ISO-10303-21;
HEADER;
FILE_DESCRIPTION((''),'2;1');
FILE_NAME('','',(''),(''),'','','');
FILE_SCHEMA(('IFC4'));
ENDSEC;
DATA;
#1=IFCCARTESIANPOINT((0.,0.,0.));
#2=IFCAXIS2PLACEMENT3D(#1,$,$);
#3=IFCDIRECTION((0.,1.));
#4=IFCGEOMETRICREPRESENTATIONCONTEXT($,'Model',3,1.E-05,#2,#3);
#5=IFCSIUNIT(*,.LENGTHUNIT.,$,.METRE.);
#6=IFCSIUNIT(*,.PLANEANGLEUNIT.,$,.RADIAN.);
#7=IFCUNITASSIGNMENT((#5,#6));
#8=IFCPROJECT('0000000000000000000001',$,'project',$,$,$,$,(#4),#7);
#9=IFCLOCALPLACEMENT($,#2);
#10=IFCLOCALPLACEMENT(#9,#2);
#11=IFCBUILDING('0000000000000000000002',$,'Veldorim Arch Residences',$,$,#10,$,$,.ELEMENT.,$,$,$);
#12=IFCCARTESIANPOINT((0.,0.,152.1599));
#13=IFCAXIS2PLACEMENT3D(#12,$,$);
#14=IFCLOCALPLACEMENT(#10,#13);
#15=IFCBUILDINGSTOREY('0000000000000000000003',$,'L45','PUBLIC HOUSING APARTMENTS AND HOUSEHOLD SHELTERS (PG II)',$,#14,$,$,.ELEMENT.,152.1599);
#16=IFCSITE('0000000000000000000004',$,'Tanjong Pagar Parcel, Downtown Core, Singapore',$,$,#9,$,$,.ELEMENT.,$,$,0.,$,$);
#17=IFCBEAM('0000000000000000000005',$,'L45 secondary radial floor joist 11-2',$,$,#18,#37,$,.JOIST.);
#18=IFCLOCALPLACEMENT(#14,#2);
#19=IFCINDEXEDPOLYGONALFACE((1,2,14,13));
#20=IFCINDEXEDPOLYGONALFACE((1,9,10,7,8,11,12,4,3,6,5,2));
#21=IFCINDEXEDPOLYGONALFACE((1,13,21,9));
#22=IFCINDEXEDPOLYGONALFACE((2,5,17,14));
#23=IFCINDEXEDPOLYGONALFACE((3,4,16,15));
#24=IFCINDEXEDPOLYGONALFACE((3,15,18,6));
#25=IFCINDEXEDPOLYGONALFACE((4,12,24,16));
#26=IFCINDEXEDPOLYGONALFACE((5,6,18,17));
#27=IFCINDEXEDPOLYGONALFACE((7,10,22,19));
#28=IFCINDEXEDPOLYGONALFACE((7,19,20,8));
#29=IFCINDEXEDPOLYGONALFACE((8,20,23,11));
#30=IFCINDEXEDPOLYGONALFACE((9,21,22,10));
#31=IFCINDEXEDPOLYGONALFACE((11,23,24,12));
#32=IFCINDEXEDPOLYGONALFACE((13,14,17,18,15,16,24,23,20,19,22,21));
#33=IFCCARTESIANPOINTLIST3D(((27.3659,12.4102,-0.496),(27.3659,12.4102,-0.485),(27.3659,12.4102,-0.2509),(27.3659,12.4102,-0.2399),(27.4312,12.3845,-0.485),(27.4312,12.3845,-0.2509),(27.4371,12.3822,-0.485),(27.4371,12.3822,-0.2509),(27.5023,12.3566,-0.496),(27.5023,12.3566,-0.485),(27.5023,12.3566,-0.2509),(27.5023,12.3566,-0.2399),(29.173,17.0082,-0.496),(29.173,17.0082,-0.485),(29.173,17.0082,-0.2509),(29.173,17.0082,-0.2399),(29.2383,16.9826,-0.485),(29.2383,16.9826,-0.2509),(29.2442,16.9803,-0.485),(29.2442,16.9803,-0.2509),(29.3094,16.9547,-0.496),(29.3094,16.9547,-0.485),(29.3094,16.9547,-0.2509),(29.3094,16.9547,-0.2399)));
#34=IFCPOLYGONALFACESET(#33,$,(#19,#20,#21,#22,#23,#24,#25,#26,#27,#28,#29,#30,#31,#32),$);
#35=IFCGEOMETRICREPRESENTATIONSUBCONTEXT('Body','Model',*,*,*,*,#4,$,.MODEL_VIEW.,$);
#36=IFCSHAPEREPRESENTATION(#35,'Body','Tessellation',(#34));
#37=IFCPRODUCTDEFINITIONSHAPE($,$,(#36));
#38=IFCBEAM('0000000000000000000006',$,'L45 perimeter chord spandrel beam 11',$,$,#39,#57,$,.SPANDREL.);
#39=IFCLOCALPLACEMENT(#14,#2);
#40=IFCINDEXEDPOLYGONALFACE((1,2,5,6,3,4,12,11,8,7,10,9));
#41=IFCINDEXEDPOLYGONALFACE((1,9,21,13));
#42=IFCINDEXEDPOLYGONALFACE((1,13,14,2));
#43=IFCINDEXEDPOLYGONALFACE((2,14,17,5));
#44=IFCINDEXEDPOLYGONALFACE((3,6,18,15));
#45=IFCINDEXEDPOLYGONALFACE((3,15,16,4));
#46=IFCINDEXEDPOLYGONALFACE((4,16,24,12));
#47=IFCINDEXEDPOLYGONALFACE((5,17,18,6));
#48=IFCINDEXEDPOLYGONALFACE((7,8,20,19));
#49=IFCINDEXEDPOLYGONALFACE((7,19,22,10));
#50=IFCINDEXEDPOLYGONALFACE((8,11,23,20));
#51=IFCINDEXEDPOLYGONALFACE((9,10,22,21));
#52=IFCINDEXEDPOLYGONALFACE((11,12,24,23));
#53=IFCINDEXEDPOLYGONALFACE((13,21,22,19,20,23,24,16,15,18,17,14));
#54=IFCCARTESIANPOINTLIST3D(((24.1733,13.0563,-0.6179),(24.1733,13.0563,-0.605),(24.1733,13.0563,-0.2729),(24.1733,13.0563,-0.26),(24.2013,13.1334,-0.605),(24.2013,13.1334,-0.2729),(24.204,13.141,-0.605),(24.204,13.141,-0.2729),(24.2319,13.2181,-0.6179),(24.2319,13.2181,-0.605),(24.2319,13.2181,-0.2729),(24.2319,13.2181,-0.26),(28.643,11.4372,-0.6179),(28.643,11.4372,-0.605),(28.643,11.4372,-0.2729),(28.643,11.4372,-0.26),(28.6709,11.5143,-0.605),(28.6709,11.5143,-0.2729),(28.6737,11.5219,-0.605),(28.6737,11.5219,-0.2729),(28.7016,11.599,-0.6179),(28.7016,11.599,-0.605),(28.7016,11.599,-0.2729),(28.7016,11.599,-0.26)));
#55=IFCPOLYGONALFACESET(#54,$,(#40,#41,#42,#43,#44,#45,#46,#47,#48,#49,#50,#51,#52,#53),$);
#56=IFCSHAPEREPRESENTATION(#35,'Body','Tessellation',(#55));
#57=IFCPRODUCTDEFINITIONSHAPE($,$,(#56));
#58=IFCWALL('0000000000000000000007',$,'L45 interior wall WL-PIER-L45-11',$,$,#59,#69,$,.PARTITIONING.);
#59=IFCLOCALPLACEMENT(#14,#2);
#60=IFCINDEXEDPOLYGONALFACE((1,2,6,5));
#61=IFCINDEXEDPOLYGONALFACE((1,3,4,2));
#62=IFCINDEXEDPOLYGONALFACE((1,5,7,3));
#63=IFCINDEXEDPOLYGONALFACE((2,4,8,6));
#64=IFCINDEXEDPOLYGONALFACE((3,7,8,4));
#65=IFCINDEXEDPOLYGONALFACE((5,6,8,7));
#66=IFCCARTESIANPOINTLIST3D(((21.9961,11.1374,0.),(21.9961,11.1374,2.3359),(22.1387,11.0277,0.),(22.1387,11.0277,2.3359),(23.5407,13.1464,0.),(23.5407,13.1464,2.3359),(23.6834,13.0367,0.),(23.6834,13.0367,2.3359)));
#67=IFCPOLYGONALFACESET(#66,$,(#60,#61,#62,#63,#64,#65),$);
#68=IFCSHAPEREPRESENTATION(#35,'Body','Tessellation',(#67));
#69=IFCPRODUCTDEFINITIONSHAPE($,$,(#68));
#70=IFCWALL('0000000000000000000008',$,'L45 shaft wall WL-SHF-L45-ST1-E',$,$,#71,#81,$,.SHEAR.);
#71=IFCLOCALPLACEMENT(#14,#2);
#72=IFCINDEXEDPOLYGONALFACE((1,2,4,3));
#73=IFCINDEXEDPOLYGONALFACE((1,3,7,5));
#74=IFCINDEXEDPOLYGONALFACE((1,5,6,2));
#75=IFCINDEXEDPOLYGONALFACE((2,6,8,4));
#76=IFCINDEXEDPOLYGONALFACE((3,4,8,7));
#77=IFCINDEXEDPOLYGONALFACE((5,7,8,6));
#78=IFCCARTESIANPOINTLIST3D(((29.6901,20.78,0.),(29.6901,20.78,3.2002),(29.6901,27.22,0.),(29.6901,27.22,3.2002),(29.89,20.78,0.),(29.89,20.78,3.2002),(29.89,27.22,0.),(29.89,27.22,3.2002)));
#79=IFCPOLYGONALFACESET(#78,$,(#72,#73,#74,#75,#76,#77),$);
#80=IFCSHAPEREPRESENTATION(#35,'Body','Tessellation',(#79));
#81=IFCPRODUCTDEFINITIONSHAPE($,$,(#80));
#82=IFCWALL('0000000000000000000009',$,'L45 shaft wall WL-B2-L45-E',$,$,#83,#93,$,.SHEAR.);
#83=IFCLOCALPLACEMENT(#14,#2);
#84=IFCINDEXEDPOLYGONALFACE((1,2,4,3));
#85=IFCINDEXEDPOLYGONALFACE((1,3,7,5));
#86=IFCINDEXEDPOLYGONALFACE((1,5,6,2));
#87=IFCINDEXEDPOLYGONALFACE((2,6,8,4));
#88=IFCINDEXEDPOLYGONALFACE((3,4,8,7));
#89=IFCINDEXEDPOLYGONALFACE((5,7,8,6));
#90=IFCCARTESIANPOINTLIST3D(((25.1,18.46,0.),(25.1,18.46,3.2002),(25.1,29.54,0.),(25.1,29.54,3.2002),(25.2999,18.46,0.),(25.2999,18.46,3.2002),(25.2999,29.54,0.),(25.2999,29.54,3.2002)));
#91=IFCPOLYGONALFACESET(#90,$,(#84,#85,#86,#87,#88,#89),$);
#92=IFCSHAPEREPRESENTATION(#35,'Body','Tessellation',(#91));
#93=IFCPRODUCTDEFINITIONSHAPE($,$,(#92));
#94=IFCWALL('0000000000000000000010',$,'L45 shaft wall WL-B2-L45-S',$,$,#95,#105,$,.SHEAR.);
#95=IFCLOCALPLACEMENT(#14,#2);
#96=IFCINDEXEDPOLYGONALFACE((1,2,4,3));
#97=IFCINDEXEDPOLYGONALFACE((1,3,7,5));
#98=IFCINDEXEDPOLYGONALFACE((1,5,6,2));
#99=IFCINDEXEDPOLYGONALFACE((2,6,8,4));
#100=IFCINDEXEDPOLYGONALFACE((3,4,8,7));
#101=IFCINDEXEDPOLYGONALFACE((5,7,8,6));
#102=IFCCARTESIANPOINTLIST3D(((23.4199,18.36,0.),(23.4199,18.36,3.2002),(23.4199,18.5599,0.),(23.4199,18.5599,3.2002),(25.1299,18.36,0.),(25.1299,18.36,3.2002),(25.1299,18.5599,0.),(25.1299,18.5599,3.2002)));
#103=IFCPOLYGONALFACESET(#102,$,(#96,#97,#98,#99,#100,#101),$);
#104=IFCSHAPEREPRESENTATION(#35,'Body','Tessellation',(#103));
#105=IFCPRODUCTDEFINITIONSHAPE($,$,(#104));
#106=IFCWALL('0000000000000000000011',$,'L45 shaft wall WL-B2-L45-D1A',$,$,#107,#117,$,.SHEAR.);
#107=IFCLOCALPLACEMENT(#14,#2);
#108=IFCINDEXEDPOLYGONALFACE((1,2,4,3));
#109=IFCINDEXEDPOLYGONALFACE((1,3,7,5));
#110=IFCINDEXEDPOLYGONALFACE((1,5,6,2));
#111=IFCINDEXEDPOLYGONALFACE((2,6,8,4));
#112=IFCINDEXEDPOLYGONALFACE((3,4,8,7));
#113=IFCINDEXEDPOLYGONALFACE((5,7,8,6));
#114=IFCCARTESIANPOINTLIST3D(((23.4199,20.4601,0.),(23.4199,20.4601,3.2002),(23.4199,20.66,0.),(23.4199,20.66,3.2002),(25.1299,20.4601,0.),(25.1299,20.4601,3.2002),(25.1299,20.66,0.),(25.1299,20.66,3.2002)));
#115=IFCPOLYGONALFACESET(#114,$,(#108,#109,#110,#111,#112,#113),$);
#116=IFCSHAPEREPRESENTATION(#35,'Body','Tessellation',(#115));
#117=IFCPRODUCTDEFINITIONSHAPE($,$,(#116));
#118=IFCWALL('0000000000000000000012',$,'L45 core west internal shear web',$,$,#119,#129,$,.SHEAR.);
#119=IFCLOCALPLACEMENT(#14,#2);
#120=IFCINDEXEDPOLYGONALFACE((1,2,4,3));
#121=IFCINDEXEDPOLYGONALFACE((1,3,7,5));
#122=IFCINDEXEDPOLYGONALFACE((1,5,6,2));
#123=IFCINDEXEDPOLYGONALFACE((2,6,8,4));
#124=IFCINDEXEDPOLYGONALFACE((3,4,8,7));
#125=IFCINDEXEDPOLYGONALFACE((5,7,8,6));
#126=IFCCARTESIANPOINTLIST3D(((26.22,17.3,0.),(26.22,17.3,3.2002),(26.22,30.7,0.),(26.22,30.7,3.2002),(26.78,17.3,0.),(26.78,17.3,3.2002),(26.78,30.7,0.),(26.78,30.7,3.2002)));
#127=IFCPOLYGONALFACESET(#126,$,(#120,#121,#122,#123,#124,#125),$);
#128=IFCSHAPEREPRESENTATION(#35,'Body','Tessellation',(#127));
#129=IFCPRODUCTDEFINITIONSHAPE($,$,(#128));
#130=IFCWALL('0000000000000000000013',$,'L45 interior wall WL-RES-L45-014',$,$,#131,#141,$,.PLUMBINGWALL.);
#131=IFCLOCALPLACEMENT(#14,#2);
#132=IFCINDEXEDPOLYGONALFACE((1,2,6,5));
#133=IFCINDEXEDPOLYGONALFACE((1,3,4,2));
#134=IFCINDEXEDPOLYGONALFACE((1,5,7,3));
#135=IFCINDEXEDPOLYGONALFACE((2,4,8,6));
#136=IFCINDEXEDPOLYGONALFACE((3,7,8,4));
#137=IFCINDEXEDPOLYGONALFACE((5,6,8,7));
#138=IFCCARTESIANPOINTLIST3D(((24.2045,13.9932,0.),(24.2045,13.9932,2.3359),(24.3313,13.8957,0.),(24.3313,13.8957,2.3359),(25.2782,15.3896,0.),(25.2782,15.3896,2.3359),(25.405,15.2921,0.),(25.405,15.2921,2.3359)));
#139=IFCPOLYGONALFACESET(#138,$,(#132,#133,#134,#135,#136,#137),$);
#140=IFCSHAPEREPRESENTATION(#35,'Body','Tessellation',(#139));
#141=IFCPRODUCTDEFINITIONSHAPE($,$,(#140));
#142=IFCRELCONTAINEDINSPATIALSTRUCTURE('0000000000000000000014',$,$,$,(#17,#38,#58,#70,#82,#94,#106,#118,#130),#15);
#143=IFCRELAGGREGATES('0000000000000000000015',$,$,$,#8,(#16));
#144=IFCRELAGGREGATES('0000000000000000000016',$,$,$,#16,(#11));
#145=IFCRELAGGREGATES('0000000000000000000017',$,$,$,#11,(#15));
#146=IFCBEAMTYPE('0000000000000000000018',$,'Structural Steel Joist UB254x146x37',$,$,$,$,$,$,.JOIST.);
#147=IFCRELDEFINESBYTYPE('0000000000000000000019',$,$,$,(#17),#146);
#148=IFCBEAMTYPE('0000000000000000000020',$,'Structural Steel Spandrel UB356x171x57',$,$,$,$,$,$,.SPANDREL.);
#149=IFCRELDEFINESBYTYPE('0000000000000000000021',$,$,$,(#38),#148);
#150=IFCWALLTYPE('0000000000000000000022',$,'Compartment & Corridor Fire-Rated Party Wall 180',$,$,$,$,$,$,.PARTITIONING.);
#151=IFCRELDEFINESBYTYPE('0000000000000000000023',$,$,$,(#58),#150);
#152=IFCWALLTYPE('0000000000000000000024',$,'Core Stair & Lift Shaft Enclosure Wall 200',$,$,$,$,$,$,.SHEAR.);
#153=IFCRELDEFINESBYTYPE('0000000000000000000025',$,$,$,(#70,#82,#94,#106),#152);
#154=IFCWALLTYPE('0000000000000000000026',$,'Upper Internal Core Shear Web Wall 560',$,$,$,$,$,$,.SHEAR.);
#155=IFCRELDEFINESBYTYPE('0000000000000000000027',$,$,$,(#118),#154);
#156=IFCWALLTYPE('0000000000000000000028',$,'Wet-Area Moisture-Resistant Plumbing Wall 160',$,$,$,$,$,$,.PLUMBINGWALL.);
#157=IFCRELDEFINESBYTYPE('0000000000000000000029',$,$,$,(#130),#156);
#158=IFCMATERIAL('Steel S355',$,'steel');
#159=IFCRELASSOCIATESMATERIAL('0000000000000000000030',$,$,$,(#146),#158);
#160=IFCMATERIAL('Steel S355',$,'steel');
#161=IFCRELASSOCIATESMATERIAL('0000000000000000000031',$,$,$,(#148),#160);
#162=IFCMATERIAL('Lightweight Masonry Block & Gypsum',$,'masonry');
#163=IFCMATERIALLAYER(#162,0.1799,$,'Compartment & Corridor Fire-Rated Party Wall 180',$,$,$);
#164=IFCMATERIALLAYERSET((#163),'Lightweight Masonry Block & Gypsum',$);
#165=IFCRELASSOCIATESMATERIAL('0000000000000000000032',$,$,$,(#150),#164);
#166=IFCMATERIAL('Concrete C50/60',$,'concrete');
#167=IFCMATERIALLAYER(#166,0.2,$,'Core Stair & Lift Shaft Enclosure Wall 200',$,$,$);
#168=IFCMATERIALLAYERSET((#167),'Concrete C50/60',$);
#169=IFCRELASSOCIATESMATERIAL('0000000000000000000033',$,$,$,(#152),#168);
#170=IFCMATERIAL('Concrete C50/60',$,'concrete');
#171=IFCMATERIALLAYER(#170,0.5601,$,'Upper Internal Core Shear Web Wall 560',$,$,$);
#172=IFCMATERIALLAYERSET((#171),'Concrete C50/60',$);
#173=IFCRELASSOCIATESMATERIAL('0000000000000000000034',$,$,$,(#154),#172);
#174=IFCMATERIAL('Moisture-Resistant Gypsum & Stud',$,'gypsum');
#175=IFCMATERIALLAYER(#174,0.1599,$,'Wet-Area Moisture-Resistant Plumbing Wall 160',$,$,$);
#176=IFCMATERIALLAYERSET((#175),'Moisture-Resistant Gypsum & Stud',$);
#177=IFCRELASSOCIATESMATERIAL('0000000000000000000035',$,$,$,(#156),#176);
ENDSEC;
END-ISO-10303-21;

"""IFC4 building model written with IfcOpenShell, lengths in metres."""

from ifc_helpers import new_model, si_unit, direction, frame, frame_2d, origin, origin_2d, place, context, subcontext, project, spatial, rectangle, i_section, extrude, material, layer, layer_set, material_profile, profile_set, type_object, element, save


model = new_model("IFC4")

# Units and contexts
model_context = context("Model", 3, precision=1e-05, world=origin(), true_north=direction((0.0, 1.0)))
body_context = subcontext(model_context, "Body", "Model", "MODEL_VIEW")
ifc_project = project(units=[si_unit("LENGTHUNIT", "METRE"), si_unit("PLANEANGLEUNIT", "RADIAN")], contexts=[model_context])

# Site, building, storey
site_placement = place(None, origin())
site = spatial("IfcSite", under=ifc_project, at=site_placement, Name="Tanjong Pagar Parcel, Downtown Core, Singapore", CompositionType="ELEMENT", RefElevation=0.0)
building_placement = place(site_placement, origin())
building = spatial("IfcBuilding", under=site, at=building_placement, Name="Veldorim Arch Residences", CompositionType="ELEMENT")
storey_placement = place(building_placement, frame((0.0, 0.0, 152.1599)))
storey = spatial("IfcBuildingStorey", under=building, at=storey_placement, Name="L45", Description="PUBLIC HOUSING APARTMENTS AND HOUSEHOLD SHELTERS (PG II)", CompositionType="ELEMENT", Elevation=152.1599)

# Beams
ifc_material_1 = material(Name="Steel S355", Category="steel")
ifc_material_profile_1 = material_profile(ifc_material_1, i_section(OverallWidth=0.1465, OverallDepth=0.2561, WebThickness=0.0063, FlangeThickness=0.011, at=origin_2d()), Name="UB254x146x37")
ifc_profile_set_1 = profile_set([ifc_material_profile_1], Name="Steel S355")
beam_type_1 = type_object("IfcBeamType", Name="Structural Steel Joist UB254x146x37", PredefinedType="JOIST", material=ifc_profile_set_1)
beam_1_placement = place(storey_placement, frame((29.2412, 16.9814, -0.3679), z_axis=(-0.365778, -0.930702, 0.0), x_axis=(0.930702, -0.365778, 0.0)))
element("IfcBeam", 1, at=beam_1_placement, inside=storey, type_object=beam_type_1, Name="L45 secondary radial floor joist 11-2", PredefinedType="JOIST", context=body_context, shape_type="SweptSolid", body=[
    extrude(i_section(OverallWidth=0.1465, OverallDepth=0.2561, WebThickness=0.0063, FlangeThickness=0.011, at=origin_2d()), origin(), (0.0, 0.0, 1.0), 4.9404),
])
ifc_material_2 = material(Name="Steel S355", Category="steel")
ifc_material_profile_2 = material_profile(ifc_material_2, i_section(OverallWidth=0.1721, OverallDepth=0.3579, WebThickness=0.0081, FlangeThickness=0.0129, at=origin_2d()), Name="UB356x171x57")
ifc_profile_set_2 = profile_set([ifc_material_profile_2], Name="Steel S355")
beam_type_2 = type_object("IfcBeamType", Name="Structural Steel Spandrel UB356x171x57", PredefinedType="SPANDREL", material=ifc_profile_set_2)
beam_2_placement = place(storey_placement, frame((24.2026, 13.1372, -0.439), z_axis=(0.940213, -0.340588, 0.0), x_axis=(0.340588, 0.940213, 0.0)))
element("IfcBeam", 2, at=beam_2_placement, inside=storey, type_object=beam_type_2, Name="L45 perimeter chord spandrel beam 11", PredefinedType="SPANDREL", context=body_context, shape_type="SweptSolid", body=[
    extrude(i_section(OverallWidth=0.1721, OverallDepth=0.3579, WebThickness=0.0081, FlangeThickness=0.0129, at=origin_2d()), origin(), (0.0, 0.0, 1.0), 4.7539),
])

# Walls
ifc_material_3 = material(Name="Lightweight Masonry Block & Gypsum", Category="masonry")
ifc_layer_1 = layer(ifc_material_3, 0.1799, Name="Compartment & Corridor Fire-Rated Party Wall 180")
ifc_layer_set_1 = layer_set([ifc_layer_1], Name="Lightweight Masonry Block & Gypsum")
wall_type_1 = type_object("IfcWallType", Name="Compartment & Corridor Fire-Rated Party Wall 180", PredefinedType="PARTITIONING", material=ifc_layer_set_1)
wall_1_placement = place(storey_placement, frame((23.6121, 13.0916, 0.0), z_axis=(0.0, 0.0, 1.0), x_axis=(-0.609529, -0.792764, 0.0)))
element("IfcWall", 3, at=wall_1_placement, inside=storey, type_object=wall_type_1, Name="L45 interior wall WL-PIER-L45-11", PredefinedType="PARTITIONING", context=body_context, shape_type="SweptSolid", body=[
    extrude(rectangle(XDim=2.5342, YDim=0.1799, at=frame_2d((1.2671, 0.0))), origin(), (0.0, 0.0, 1.0), 2.3359),
])
ifc_material_4 = material(Name="Concrete C50/60", Category="concrete")
ifc_layer_2 = layer(ifc_material_4, 0.2, Name="Core Stair & Lift Shaft Enclosure Wall 200")
ifc_layer_set_2 = layer_set([ifc_layer_2], Name="Concrete C50/60")
wall_type_2 = type_object("IfcWallType", Name="Core Stair & Lift Shaft Enclosure Wall 200", PredefinedType="SHEAR", material=ifc_layer_set_2)
wall_2_placement = place(storey_placement, frame((29.79, 20.78, 0.0), z_axis=(0.0, 0.0, 1.0), x_axis=(0.0, 1.0, 0.0)))
element("IfcWall", 4, at=wall_2_placement, inside=storey, type_object=wall_type_2, Name="L45 shaft wall WL-SHF-L45-ST1-E", PredefinedType="SHEAR", context=body_context, shape_type="SweptSolid", body=[
    extrude(rectangle(XDim=6.4399, YDim=0.2, at=frame_2d((3.22, 0.0))), origin(), (0.0, 0.0, 1.0), 3.2002),
])

# Walls
wall_3_placement = place(storey_placement, frame((25.2, 18.46, 0.0), z_axis=(0.0, 0.0, 1.0), x_axis=(0.0, 1.0, 0.0)))
element("IfcWall", 5, at=wall_3_placement, inside=storey, type_object=wall_type_2, Name="L45 shaft wall WL-B2-L45-E", PredefinedType="SHEAR", context=body_context, shape_type="SweptSolid", body=[
    extrude(rectangle(XDim=11.0801, YDim=0.2, at=frame_2d((5.54, 0.0))), origin(), (0.0, 0.0, 1.0), 3.2002),
])
for number, where, z_axis, x_axis, name in (
    (6, (23.4199, 18.46, 0.0), (0.0, 0.0, 1.0), (1.0, 0.0, 0.0), "L45 shaft wall WL-B2-L45-S"),
    (7, (23.4199, 20.5601, 0.0), (0.0, 0.0, 1.0), (1.0, 0.0, 0.0), "L45 shaft wall WL-B2-L45-D1A"),
):
    element("IfcWall", number, at=place(storey_placement, frame(where, z_axis=z_axis, x_axis=x_axis)), inside=storey, type_object=wall_type_2, Name=name, PredefinedType="SHEAR", context=body_context, shape_type="SweptSolid", body=[
        extrude(rectangle(XDim=1.71, YDim=0.2, at=frame_2d((0.855, 0.0))), origin(), (0.0, 0.0, 1.0), 3.2002),
    ])
ifc_material_5 = material(Name="Concrete C50/60", Category="concrete")
ifc_layer_3 = layer(ifc_material_5, 0.5601, Name="Upper Internal Core Shear Web Wall 560")
ifc_layer_set_3 = layer_set([ifc_layer_3], Name="Concrete C50/60")
wall_type_3 = type_object("IfcWallType", Name="Upper Internal Core Shear Web Wall 560", PredefinedType="SHEAR", material=ifc_layer_set_3)
wall_4_placement = place(storey_placement, frame((26.5, 17.3, 0.0), z_axis=(0.0, 0.0, 1.0), x_axis=(0.0, 1.0, 0.0)))
element("IfcWall", 8, at=wall_4_placement, inside=storey, type_object=wall_type_3, Name="L45 core west internal shear web", PredefinedType="SHEAR", context=body_context, shape_type="SweptSolid", body=[
    extrude(rectangle(XDim=13.3999, YDim=0.5601, at=frame_2d((6.7, 0.0))), origin(), (0.0, 0.0, 1.0), 3.2002),
])
ifc_material_6 = material(Name="Moisture-Resistant Gypsum & Stud", Category="gypsum")
ifc_layer_4 = layer(ifc_material_6, 0.1599, Name="Wet-Area Moisture-Resistant Plumbing Wall 160")
ifc_layer_set_4 = layer_set([ifc_layer_4], Name="Moisture-Resistant Gypsum & Stud")
wall_type_4 = type_object("IfcWallType", Name="Wet-Area Moisture-Resistant Plumbing Wall 160", PredefinedType="PLUMBINGWALL", material=ifc_layer_set_4)
wall_5_placement = place(storey_placement, frame((24.2678, 13.9443, 0.0), z_axis=(0.0, 0.0, 1.0), x_axis=(0.609537, 0.792758, 0.0)))
element("IfcWall", 9, at=wall_5_placement, inside=storey, type_object=wall_type_4, Name="L45 interior wall WL-RES-L45-014", PredefinedType="PLUMBINGWALL", context=body_context, shape_type="SweptSolid", body=[
    extrude(rectangle(XDim=1.7615, YDim=0.1599, at=frame_2d((0.8809, 0.0))), origin(), (0.0, 0.0, 1.0), 2.3359),
])

save(model, "model.ifc")
